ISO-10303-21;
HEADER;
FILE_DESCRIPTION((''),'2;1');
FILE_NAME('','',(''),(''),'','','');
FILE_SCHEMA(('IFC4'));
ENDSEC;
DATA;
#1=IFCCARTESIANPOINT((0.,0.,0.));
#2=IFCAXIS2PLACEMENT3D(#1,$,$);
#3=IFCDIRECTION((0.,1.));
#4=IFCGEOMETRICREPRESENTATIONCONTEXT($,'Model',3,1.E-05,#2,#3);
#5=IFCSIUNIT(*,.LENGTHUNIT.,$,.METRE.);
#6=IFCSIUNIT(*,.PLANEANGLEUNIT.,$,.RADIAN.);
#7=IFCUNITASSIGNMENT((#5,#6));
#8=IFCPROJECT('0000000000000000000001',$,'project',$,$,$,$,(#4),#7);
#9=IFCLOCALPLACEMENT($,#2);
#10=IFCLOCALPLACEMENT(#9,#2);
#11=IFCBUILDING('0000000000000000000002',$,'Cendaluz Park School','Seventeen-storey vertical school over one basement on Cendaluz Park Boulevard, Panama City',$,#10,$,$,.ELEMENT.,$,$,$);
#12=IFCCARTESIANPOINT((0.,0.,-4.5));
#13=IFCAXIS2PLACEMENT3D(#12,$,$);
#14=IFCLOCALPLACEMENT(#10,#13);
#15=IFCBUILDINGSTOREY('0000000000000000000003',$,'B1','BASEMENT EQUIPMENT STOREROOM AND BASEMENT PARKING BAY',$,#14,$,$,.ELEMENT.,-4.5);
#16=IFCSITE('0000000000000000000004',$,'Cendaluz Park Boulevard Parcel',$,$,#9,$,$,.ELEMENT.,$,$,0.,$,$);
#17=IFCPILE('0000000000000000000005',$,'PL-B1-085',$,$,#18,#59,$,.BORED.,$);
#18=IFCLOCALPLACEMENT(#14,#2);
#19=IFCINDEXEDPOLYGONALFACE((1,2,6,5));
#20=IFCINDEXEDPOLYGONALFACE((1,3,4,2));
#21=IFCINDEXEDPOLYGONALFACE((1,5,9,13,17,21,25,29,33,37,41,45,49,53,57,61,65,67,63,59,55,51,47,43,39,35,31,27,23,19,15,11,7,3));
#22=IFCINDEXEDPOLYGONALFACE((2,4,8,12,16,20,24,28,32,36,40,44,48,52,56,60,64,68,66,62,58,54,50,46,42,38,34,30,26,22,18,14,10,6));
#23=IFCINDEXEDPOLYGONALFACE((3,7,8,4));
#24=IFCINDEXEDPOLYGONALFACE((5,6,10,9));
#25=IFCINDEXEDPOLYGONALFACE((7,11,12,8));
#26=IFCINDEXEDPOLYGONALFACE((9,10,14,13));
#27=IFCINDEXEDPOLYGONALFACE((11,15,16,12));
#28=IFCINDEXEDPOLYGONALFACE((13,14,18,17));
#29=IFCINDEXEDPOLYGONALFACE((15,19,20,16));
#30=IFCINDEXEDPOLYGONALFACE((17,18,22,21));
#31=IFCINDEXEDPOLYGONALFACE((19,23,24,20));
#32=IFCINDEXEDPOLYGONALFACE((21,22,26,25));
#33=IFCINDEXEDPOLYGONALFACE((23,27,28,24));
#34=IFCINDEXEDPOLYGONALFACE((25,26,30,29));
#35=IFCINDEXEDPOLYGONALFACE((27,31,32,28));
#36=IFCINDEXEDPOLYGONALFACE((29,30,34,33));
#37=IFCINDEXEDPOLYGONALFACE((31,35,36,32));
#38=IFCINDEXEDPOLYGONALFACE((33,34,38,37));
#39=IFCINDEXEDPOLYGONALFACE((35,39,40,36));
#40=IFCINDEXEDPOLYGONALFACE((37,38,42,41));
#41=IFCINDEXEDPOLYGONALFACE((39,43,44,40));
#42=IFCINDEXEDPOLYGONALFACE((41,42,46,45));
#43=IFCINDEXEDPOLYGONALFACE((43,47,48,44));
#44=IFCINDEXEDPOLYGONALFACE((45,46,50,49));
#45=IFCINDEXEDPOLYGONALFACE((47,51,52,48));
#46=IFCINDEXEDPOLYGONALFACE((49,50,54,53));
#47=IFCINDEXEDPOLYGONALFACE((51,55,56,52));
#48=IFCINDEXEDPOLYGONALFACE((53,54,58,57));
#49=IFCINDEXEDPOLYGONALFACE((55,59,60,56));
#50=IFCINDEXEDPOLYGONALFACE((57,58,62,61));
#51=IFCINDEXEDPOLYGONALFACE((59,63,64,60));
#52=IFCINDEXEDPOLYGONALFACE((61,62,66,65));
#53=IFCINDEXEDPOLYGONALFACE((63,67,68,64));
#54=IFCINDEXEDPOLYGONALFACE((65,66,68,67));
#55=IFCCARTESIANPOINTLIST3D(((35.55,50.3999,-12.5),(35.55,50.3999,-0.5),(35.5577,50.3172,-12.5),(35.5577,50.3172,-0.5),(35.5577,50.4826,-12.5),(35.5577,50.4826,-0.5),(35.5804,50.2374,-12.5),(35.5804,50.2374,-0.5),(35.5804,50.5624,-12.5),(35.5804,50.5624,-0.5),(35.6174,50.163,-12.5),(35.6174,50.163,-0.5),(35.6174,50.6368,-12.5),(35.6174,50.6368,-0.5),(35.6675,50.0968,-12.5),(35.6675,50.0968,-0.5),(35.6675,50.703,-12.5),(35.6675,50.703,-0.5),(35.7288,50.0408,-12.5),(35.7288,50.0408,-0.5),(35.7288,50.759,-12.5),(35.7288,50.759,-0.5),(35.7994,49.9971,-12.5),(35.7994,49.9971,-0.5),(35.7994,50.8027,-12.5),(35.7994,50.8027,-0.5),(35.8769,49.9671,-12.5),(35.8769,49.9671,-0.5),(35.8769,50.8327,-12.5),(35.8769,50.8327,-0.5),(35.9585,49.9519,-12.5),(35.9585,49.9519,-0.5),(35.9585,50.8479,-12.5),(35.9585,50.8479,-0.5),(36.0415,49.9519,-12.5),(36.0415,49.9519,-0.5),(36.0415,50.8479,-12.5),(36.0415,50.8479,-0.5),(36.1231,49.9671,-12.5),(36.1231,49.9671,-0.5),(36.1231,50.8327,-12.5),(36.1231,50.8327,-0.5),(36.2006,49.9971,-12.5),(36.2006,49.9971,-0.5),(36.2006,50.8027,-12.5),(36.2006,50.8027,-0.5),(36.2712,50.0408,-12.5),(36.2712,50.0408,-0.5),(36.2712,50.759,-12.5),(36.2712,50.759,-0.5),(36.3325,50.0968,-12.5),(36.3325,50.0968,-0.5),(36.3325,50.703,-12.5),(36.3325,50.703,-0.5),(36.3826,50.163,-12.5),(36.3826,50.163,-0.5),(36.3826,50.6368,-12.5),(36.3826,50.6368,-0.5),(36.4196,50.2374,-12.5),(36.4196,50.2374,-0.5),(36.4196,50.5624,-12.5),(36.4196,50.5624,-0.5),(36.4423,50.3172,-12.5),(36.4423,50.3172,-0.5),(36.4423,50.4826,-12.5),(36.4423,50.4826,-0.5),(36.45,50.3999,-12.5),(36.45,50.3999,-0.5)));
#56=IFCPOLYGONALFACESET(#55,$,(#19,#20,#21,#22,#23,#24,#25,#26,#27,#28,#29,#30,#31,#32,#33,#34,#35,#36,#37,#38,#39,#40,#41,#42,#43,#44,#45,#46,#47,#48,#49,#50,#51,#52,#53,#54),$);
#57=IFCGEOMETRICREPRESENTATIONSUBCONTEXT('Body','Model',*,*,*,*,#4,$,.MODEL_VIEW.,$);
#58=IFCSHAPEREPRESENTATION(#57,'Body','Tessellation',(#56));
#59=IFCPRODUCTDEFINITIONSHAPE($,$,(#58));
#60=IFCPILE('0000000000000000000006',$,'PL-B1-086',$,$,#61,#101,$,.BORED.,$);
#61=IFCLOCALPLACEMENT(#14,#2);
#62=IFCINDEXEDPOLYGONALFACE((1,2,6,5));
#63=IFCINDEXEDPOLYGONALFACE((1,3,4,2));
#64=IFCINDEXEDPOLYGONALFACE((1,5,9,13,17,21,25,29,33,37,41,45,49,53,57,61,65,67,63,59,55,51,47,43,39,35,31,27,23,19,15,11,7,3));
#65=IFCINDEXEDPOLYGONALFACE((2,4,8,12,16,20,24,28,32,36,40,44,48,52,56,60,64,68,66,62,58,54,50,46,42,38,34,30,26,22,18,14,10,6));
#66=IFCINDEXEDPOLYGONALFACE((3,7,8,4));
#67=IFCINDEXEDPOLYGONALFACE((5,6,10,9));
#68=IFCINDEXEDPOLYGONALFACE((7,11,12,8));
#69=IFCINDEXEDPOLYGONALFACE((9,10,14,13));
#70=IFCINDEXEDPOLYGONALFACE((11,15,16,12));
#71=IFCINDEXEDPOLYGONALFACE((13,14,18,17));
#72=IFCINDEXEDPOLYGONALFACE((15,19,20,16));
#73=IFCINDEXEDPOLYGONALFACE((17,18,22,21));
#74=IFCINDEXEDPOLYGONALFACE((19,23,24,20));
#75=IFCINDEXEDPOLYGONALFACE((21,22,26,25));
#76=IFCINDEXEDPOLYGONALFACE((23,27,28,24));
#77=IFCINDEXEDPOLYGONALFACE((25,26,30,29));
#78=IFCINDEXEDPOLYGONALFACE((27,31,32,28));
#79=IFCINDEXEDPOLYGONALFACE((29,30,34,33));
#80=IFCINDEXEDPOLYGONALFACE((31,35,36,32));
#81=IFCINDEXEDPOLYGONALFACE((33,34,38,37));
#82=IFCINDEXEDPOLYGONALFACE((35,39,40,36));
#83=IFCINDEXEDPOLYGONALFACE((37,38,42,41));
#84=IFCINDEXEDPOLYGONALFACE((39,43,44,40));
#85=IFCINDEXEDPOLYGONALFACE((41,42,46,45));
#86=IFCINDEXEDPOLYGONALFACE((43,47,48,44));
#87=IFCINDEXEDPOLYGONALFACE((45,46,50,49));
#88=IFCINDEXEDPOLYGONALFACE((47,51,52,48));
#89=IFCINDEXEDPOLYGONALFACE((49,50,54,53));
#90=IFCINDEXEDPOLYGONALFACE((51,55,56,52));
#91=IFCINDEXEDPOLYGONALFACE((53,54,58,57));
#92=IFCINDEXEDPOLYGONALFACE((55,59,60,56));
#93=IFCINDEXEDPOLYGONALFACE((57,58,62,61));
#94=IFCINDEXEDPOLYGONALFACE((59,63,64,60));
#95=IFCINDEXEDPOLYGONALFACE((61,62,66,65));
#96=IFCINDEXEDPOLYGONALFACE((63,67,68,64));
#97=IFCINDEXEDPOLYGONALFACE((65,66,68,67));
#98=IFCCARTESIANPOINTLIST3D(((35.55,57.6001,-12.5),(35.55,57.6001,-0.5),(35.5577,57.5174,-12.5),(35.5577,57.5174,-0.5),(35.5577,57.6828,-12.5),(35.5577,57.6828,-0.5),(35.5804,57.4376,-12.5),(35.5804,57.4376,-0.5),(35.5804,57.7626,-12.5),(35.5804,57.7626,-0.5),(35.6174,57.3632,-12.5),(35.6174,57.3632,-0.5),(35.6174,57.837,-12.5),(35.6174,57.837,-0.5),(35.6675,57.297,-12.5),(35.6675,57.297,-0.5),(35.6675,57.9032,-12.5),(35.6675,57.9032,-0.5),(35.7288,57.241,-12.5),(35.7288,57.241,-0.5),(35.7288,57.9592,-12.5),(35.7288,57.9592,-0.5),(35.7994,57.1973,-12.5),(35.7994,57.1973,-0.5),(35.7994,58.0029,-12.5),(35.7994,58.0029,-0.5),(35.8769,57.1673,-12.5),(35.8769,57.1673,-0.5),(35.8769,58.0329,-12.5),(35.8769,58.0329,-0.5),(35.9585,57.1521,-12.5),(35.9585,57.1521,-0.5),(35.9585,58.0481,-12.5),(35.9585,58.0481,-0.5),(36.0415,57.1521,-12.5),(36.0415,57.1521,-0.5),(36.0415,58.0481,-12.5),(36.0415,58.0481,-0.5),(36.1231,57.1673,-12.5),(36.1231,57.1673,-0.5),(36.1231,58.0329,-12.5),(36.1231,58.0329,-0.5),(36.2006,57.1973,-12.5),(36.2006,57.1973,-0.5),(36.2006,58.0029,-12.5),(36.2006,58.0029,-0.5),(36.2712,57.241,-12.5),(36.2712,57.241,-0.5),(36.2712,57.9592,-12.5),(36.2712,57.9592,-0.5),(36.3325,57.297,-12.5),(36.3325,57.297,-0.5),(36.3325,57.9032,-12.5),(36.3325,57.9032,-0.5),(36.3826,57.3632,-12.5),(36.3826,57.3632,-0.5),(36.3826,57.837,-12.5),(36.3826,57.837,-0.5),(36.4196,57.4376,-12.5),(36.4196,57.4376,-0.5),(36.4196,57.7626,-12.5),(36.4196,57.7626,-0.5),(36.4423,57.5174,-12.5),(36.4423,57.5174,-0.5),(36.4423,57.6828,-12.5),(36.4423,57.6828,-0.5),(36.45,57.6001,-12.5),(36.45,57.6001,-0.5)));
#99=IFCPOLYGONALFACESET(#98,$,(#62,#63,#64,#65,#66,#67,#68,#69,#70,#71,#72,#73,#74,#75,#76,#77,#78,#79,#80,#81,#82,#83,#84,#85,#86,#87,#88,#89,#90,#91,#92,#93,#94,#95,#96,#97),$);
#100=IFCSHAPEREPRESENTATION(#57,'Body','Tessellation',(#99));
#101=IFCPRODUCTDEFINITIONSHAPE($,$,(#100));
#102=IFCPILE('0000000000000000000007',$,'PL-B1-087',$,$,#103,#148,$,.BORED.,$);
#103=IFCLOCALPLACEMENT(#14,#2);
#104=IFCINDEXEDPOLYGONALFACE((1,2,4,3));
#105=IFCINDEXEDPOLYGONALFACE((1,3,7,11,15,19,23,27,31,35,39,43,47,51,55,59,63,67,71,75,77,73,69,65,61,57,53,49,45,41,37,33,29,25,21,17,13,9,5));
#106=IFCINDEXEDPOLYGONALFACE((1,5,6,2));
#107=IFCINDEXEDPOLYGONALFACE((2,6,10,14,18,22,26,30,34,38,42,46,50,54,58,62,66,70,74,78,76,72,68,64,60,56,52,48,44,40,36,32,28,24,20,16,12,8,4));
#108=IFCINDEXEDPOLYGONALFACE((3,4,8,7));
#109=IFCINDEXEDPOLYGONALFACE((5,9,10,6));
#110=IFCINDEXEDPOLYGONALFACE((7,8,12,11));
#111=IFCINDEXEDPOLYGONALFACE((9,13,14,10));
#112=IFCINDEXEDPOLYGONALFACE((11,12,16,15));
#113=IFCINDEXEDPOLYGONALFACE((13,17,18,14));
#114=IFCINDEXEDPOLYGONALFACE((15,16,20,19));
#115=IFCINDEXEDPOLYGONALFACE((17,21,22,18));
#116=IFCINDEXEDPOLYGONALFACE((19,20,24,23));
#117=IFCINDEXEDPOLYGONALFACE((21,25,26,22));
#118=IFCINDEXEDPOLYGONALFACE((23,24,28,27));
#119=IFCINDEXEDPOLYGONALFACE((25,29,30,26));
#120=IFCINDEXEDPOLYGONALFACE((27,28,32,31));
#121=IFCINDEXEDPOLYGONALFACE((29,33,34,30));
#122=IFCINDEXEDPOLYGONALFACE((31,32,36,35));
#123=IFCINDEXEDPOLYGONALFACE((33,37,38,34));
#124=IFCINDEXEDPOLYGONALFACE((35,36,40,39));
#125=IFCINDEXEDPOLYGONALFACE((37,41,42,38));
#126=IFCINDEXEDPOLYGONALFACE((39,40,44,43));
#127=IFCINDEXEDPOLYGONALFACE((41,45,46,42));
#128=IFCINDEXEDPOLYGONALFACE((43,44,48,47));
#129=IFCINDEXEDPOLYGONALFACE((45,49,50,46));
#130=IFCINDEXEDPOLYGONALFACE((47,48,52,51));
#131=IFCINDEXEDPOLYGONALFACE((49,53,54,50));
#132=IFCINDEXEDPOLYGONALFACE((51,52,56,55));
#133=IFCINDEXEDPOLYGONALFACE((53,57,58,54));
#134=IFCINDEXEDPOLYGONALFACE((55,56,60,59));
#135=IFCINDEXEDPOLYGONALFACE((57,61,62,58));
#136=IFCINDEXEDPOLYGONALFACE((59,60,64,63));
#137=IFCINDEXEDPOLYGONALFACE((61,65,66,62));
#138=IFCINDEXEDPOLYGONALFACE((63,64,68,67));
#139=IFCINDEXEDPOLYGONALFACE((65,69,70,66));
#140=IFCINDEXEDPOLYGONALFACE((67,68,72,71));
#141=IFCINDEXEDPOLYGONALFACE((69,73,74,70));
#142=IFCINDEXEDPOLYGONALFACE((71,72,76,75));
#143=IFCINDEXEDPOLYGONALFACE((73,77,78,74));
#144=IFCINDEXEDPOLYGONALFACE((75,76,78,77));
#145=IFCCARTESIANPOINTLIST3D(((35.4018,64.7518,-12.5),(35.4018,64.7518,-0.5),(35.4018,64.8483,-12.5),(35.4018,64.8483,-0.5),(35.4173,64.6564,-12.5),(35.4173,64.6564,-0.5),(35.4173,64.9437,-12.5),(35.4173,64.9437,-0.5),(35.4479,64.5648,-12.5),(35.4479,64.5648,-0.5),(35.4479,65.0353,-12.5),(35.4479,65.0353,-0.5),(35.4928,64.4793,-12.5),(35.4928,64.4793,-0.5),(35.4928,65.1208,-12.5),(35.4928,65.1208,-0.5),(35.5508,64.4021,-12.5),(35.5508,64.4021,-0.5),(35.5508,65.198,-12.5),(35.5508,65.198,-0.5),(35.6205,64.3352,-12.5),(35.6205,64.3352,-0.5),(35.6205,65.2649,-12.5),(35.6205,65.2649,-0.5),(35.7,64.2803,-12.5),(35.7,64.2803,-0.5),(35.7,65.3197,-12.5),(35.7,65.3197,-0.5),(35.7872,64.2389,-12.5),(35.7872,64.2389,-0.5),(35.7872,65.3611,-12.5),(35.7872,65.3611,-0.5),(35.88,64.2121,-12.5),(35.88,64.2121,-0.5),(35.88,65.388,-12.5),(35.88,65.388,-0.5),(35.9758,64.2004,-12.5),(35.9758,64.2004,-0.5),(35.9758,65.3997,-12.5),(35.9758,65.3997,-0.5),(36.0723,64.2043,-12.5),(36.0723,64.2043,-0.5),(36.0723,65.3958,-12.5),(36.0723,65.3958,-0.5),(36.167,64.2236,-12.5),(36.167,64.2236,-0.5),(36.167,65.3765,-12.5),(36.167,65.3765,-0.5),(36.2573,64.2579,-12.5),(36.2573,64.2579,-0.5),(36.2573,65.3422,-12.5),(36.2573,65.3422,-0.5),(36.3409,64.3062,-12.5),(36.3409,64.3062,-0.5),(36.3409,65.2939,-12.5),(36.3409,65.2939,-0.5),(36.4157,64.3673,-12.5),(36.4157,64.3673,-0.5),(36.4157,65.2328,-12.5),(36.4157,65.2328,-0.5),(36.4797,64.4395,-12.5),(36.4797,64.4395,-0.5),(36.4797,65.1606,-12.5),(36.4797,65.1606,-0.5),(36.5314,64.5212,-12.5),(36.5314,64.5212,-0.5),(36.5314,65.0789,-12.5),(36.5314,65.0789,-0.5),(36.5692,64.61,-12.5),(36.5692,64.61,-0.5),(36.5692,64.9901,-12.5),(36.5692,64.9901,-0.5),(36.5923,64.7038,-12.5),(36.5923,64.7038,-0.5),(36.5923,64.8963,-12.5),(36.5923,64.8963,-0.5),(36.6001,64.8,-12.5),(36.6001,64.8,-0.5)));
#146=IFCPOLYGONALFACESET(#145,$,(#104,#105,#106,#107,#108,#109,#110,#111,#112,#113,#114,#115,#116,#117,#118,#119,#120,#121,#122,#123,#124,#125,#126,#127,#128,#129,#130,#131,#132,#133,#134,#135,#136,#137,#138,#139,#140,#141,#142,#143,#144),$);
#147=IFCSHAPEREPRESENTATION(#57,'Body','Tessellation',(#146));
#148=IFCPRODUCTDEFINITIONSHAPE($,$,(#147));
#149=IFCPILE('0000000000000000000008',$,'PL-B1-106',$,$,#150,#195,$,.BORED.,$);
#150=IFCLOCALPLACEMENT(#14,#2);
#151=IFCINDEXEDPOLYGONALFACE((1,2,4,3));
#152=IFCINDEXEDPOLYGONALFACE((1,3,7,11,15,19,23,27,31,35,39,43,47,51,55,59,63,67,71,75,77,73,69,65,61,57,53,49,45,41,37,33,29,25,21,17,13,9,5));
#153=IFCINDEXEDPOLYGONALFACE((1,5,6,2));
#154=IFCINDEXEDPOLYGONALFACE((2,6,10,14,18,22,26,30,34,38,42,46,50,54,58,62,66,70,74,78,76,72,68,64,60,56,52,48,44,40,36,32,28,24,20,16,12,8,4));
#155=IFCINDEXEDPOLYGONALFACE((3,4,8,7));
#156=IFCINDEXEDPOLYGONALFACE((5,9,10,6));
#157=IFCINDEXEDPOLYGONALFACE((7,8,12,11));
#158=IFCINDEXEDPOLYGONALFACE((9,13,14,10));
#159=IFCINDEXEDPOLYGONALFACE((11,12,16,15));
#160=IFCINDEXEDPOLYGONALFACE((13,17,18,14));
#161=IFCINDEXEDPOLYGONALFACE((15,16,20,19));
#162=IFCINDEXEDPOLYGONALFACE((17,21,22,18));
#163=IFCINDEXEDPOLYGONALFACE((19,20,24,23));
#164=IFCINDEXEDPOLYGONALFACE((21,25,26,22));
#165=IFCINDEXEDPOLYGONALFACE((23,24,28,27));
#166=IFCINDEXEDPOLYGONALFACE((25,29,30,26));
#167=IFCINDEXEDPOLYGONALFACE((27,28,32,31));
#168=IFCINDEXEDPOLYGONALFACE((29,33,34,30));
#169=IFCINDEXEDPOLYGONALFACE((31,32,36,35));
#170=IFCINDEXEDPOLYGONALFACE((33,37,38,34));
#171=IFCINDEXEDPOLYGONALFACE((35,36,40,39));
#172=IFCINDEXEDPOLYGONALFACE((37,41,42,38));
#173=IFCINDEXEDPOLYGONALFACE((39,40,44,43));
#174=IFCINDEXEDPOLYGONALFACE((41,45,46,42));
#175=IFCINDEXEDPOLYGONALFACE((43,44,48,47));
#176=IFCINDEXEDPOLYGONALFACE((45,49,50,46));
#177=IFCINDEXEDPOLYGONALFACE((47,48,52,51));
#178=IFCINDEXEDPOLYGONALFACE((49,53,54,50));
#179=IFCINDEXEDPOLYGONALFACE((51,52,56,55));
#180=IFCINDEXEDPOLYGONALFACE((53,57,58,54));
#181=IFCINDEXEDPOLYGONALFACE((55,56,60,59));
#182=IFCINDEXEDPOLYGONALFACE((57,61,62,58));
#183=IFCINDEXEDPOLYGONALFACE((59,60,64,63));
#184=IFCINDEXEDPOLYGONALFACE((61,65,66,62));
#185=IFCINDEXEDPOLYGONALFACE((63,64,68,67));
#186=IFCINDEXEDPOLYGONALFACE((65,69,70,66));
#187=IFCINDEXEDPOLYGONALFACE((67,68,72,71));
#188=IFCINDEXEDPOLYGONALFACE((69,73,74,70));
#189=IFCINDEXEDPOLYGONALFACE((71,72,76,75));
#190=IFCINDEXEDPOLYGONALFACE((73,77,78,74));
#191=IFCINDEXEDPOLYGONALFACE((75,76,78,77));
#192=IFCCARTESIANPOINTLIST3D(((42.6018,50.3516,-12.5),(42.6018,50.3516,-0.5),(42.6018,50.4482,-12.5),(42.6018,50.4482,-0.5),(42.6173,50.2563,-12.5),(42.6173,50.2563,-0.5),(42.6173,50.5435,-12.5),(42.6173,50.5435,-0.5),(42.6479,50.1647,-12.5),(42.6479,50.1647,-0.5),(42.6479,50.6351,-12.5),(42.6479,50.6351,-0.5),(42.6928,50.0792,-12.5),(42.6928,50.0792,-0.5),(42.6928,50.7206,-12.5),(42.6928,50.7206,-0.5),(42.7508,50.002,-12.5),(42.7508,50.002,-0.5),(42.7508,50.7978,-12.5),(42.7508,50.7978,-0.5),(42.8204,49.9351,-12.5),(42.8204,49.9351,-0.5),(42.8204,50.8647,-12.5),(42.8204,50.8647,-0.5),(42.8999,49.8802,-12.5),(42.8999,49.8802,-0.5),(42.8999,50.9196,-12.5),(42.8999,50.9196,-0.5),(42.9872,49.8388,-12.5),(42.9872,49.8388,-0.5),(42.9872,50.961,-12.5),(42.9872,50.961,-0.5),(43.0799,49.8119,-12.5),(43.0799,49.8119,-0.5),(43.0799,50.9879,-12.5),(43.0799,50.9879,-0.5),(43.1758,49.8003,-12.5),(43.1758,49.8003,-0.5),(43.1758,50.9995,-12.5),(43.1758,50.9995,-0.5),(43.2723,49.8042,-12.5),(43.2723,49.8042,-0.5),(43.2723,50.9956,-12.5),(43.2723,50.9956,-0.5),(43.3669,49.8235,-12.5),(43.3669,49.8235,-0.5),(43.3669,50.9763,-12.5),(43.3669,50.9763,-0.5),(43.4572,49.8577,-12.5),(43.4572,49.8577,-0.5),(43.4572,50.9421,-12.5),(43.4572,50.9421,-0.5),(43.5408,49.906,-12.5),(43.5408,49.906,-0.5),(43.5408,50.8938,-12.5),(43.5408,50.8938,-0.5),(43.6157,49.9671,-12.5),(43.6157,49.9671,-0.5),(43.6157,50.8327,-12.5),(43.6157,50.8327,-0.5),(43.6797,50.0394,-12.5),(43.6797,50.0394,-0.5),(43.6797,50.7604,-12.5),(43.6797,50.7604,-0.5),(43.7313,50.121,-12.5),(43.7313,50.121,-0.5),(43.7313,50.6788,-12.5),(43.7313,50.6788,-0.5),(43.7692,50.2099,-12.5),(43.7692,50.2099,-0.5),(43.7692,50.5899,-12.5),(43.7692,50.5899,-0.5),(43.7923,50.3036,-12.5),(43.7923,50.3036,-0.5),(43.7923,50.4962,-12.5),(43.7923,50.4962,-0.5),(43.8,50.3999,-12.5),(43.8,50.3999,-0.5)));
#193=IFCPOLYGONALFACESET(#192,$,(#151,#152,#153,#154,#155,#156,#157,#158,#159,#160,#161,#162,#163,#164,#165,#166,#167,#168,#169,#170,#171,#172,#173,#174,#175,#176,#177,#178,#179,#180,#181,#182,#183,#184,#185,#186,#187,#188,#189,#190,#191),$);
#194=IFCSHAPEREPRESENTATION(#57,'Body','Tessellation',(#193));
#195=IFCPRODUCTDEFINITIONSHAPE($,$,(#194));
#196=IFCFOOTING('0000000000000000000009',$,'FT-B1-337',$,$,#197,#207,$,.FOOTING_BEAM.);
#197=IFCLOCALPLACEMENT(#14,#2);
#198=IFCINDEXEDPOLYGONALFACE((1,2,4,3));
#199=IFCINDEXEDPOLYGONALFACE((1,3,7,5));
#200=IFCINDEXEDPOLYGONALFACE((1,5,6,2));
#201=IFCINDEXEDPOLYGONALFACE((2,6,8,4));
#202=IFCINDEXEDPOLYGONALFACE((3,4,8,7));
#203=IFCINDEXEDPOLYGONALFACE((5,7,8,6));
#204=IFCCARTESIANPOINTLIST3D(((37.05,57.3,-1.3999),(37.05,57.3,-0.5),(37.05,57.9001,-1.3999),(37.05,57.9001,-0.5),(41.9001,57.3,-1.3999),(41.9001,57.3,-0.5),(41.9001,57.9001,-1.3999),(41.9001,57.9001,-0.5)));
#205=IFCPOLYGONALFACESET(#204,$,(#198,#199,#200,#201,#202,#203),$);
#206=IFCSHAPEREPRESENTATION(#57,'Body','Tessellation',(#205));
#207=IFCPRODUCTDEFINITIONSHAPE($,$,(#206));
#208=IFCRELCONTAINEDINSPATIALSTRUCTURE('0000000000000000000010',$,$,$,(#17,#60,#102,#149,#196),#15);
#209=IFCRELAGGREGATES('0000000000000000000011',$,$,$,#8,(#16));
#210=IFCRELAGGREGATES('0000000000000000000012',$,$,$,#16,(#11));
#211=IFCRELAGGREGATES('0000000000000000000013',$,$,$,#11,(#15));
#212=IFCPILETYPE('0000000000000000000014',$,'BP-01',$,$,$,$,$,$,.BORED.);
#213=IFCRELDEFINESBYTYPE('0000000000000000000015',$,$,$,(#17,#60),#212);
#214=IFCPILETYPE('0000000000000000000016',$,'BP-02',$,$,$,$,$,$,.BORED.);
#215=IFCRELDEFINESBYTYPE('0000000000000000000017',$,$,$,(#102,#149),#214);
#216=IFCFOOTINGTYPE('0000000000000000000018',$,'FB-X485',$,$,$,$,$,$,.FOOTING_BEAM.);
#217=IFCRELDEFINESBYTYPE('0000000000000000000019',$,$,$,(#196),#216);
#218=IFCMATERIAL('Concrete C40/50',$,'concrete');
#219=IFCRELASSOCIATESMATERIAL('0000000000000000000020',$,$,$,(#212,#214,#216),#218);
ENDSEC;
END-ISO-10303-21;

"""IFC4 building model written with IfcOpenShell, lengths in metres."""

from ifc_helpers import new_model, si_unit, direction, frame, origin, origin_2d, place, context, subcontext, project, spatial, rectangle, circle, extrude, material, material_profile, profile_set, type_object, element, save


model = new_model("IFC4")

# Units and contexts
model_context = context("Model", 3, precision=1e-05, world=origin(), true_north=direction((0.0, 1.0)))
body_context = subcontext(model_context, "Body", "Model", "MODEL_VIEW")
ifc_project = project(units=[si_unit("LENGTHUNIT", "METRE"), si_unit("PLANEANGLEUNIT", "RADIAN")], contexts=[model_context])

# Site, building, storey
site_placement = place(None, origin())
site = spatial("IfcSite", under=ifc_project, at=site_placement, Name="Cendaluz Park Boulevard Parcel", CompositionType="ELEMENT", RefElevation=0.0)
building_placement = place(site_placement, origin())
building = spatial("IfcBuilding", under=site, at=building_placement, Name="Cendaluz Park School", Description="Seventeen-storey vertical school over one basement on Cendaluz Park Boulevard, Panama City", CompositionType="ELEMENT")
storey_placement = place(building_placement, frame((0.0, 0.0, -4.5)))
storey = spatial("IfcBuildingStorey", under=building, at=storey_placement, Name="B1", Description="BASEMENT EQUIPMENT STOREROOM AND BASEMENT PARKING BAY", CompositionType="ELEMENT", Elevation=-4.5)

# Piles
ifc_material_1 = material(Name="Concrete C40/50", Category="concrete")
ifc_material_profile_1 = material_profile(ifc_material_1, circle(Radius=0.45, at=origin_2d()), Name="BP D900", Category="concrete")
ifc_profile_set_1 = profile_set([ifc_material_profile_1], Name="Concrete C40/50")
pile_type_1 = type_object("IfcPileType", Name="BP-01", PredefinedType="BORED", material=ifc_profile_set_1)
for number, where, z_axis, x_axis, name in (
    (1, (36.0, 50.3999, -0.5), (0.0, 0.0, -1.0), (1.0, 0.0, 0.0), "PL-B1-085"),
    (2, (36.0, 57.6001, -0.5), (0.0, 0.0, -1.0), (1.0, 0.0, 0.0), "PL-B1-086"),
):
    element("IfcPile", number, at=place(storey_placement, frame(where, z_axis=z_axis, x_axis=x_axis)), inside=storey, type_object=pile_type_1, Name=name, PredefinedType="BORED", context=body_context, shape_type="SweptSolid", body=[
        extrude(circle(Radius=0.45, at=origin_2d()), origin(), (0.0, 0.0, 1.0), 12.0),
    ])
ifc_material_profile_2 = material_profile(ifc_material_1, circle(Radius=0.6001, at=origin_2d()), Name="BP D1200", Category="concrete")
ifc_profile_set_2 = profile_set([ifc_material_profile_2], Name="Concrete C40/50")
pile_type_2 = type_object("IfcPileType", Name="BP-02", PredefinedType="BORED", material=ifc_profile_set_2)
for number, where, z_axis, x_axis, name in (
    (3, (36.0, 64.8, -0.5), (0.0, 0.0, -1.0), (1.0, 0.0, 0.0), "PL-B1-087"),
    (4, (43.2, 50.3999, -0.5), (0.0, 0.0, -1.0), (1.0, 0.0, 0.0), "PL-B1-106"),
):
    element("IfcPile", number, at=place(storey_placement, frame(where, z_axis=z_axis, x_axis=x_axis)), inside=storey, type_object=pile_type_2, Name=name, PredefinedType="BORED", context=body_context, shape_type="SweptSolid", body=[
        extrude(circle(Radius=0.6001, at=origin_2d()), origin(), (0.0, 0.0, 1.0), 12.0),
    ])

# Footing
footing_type_1 = type_object("IfcFootingType", Name="FB-X485", PredefinedType="FOOTING_BEAM", material=ifc_material_1)
footing_1_placement = place(storey_placement, frame((39.4751, 57.6001, -1.3999), z_axis=(0.0, 0.0, 1.0), x_axis=(1.0, 0.0, 0.0)))
element("IfcFooting", 5, at=footing_1_placement, inside=storey, type_object=footing_type_1, Name="FT-B1-337", PredefinedType="FOOTING_BEAM", context=body_context, shape_type="SweptSolid", body=[
    extrude(rectangle(XDim=4.8501, YDim=0.6001, at=origin_2d()), origin(), (0.0, 0.0, 1.0), 0.8999),
])

save(model, "model.ifc")
